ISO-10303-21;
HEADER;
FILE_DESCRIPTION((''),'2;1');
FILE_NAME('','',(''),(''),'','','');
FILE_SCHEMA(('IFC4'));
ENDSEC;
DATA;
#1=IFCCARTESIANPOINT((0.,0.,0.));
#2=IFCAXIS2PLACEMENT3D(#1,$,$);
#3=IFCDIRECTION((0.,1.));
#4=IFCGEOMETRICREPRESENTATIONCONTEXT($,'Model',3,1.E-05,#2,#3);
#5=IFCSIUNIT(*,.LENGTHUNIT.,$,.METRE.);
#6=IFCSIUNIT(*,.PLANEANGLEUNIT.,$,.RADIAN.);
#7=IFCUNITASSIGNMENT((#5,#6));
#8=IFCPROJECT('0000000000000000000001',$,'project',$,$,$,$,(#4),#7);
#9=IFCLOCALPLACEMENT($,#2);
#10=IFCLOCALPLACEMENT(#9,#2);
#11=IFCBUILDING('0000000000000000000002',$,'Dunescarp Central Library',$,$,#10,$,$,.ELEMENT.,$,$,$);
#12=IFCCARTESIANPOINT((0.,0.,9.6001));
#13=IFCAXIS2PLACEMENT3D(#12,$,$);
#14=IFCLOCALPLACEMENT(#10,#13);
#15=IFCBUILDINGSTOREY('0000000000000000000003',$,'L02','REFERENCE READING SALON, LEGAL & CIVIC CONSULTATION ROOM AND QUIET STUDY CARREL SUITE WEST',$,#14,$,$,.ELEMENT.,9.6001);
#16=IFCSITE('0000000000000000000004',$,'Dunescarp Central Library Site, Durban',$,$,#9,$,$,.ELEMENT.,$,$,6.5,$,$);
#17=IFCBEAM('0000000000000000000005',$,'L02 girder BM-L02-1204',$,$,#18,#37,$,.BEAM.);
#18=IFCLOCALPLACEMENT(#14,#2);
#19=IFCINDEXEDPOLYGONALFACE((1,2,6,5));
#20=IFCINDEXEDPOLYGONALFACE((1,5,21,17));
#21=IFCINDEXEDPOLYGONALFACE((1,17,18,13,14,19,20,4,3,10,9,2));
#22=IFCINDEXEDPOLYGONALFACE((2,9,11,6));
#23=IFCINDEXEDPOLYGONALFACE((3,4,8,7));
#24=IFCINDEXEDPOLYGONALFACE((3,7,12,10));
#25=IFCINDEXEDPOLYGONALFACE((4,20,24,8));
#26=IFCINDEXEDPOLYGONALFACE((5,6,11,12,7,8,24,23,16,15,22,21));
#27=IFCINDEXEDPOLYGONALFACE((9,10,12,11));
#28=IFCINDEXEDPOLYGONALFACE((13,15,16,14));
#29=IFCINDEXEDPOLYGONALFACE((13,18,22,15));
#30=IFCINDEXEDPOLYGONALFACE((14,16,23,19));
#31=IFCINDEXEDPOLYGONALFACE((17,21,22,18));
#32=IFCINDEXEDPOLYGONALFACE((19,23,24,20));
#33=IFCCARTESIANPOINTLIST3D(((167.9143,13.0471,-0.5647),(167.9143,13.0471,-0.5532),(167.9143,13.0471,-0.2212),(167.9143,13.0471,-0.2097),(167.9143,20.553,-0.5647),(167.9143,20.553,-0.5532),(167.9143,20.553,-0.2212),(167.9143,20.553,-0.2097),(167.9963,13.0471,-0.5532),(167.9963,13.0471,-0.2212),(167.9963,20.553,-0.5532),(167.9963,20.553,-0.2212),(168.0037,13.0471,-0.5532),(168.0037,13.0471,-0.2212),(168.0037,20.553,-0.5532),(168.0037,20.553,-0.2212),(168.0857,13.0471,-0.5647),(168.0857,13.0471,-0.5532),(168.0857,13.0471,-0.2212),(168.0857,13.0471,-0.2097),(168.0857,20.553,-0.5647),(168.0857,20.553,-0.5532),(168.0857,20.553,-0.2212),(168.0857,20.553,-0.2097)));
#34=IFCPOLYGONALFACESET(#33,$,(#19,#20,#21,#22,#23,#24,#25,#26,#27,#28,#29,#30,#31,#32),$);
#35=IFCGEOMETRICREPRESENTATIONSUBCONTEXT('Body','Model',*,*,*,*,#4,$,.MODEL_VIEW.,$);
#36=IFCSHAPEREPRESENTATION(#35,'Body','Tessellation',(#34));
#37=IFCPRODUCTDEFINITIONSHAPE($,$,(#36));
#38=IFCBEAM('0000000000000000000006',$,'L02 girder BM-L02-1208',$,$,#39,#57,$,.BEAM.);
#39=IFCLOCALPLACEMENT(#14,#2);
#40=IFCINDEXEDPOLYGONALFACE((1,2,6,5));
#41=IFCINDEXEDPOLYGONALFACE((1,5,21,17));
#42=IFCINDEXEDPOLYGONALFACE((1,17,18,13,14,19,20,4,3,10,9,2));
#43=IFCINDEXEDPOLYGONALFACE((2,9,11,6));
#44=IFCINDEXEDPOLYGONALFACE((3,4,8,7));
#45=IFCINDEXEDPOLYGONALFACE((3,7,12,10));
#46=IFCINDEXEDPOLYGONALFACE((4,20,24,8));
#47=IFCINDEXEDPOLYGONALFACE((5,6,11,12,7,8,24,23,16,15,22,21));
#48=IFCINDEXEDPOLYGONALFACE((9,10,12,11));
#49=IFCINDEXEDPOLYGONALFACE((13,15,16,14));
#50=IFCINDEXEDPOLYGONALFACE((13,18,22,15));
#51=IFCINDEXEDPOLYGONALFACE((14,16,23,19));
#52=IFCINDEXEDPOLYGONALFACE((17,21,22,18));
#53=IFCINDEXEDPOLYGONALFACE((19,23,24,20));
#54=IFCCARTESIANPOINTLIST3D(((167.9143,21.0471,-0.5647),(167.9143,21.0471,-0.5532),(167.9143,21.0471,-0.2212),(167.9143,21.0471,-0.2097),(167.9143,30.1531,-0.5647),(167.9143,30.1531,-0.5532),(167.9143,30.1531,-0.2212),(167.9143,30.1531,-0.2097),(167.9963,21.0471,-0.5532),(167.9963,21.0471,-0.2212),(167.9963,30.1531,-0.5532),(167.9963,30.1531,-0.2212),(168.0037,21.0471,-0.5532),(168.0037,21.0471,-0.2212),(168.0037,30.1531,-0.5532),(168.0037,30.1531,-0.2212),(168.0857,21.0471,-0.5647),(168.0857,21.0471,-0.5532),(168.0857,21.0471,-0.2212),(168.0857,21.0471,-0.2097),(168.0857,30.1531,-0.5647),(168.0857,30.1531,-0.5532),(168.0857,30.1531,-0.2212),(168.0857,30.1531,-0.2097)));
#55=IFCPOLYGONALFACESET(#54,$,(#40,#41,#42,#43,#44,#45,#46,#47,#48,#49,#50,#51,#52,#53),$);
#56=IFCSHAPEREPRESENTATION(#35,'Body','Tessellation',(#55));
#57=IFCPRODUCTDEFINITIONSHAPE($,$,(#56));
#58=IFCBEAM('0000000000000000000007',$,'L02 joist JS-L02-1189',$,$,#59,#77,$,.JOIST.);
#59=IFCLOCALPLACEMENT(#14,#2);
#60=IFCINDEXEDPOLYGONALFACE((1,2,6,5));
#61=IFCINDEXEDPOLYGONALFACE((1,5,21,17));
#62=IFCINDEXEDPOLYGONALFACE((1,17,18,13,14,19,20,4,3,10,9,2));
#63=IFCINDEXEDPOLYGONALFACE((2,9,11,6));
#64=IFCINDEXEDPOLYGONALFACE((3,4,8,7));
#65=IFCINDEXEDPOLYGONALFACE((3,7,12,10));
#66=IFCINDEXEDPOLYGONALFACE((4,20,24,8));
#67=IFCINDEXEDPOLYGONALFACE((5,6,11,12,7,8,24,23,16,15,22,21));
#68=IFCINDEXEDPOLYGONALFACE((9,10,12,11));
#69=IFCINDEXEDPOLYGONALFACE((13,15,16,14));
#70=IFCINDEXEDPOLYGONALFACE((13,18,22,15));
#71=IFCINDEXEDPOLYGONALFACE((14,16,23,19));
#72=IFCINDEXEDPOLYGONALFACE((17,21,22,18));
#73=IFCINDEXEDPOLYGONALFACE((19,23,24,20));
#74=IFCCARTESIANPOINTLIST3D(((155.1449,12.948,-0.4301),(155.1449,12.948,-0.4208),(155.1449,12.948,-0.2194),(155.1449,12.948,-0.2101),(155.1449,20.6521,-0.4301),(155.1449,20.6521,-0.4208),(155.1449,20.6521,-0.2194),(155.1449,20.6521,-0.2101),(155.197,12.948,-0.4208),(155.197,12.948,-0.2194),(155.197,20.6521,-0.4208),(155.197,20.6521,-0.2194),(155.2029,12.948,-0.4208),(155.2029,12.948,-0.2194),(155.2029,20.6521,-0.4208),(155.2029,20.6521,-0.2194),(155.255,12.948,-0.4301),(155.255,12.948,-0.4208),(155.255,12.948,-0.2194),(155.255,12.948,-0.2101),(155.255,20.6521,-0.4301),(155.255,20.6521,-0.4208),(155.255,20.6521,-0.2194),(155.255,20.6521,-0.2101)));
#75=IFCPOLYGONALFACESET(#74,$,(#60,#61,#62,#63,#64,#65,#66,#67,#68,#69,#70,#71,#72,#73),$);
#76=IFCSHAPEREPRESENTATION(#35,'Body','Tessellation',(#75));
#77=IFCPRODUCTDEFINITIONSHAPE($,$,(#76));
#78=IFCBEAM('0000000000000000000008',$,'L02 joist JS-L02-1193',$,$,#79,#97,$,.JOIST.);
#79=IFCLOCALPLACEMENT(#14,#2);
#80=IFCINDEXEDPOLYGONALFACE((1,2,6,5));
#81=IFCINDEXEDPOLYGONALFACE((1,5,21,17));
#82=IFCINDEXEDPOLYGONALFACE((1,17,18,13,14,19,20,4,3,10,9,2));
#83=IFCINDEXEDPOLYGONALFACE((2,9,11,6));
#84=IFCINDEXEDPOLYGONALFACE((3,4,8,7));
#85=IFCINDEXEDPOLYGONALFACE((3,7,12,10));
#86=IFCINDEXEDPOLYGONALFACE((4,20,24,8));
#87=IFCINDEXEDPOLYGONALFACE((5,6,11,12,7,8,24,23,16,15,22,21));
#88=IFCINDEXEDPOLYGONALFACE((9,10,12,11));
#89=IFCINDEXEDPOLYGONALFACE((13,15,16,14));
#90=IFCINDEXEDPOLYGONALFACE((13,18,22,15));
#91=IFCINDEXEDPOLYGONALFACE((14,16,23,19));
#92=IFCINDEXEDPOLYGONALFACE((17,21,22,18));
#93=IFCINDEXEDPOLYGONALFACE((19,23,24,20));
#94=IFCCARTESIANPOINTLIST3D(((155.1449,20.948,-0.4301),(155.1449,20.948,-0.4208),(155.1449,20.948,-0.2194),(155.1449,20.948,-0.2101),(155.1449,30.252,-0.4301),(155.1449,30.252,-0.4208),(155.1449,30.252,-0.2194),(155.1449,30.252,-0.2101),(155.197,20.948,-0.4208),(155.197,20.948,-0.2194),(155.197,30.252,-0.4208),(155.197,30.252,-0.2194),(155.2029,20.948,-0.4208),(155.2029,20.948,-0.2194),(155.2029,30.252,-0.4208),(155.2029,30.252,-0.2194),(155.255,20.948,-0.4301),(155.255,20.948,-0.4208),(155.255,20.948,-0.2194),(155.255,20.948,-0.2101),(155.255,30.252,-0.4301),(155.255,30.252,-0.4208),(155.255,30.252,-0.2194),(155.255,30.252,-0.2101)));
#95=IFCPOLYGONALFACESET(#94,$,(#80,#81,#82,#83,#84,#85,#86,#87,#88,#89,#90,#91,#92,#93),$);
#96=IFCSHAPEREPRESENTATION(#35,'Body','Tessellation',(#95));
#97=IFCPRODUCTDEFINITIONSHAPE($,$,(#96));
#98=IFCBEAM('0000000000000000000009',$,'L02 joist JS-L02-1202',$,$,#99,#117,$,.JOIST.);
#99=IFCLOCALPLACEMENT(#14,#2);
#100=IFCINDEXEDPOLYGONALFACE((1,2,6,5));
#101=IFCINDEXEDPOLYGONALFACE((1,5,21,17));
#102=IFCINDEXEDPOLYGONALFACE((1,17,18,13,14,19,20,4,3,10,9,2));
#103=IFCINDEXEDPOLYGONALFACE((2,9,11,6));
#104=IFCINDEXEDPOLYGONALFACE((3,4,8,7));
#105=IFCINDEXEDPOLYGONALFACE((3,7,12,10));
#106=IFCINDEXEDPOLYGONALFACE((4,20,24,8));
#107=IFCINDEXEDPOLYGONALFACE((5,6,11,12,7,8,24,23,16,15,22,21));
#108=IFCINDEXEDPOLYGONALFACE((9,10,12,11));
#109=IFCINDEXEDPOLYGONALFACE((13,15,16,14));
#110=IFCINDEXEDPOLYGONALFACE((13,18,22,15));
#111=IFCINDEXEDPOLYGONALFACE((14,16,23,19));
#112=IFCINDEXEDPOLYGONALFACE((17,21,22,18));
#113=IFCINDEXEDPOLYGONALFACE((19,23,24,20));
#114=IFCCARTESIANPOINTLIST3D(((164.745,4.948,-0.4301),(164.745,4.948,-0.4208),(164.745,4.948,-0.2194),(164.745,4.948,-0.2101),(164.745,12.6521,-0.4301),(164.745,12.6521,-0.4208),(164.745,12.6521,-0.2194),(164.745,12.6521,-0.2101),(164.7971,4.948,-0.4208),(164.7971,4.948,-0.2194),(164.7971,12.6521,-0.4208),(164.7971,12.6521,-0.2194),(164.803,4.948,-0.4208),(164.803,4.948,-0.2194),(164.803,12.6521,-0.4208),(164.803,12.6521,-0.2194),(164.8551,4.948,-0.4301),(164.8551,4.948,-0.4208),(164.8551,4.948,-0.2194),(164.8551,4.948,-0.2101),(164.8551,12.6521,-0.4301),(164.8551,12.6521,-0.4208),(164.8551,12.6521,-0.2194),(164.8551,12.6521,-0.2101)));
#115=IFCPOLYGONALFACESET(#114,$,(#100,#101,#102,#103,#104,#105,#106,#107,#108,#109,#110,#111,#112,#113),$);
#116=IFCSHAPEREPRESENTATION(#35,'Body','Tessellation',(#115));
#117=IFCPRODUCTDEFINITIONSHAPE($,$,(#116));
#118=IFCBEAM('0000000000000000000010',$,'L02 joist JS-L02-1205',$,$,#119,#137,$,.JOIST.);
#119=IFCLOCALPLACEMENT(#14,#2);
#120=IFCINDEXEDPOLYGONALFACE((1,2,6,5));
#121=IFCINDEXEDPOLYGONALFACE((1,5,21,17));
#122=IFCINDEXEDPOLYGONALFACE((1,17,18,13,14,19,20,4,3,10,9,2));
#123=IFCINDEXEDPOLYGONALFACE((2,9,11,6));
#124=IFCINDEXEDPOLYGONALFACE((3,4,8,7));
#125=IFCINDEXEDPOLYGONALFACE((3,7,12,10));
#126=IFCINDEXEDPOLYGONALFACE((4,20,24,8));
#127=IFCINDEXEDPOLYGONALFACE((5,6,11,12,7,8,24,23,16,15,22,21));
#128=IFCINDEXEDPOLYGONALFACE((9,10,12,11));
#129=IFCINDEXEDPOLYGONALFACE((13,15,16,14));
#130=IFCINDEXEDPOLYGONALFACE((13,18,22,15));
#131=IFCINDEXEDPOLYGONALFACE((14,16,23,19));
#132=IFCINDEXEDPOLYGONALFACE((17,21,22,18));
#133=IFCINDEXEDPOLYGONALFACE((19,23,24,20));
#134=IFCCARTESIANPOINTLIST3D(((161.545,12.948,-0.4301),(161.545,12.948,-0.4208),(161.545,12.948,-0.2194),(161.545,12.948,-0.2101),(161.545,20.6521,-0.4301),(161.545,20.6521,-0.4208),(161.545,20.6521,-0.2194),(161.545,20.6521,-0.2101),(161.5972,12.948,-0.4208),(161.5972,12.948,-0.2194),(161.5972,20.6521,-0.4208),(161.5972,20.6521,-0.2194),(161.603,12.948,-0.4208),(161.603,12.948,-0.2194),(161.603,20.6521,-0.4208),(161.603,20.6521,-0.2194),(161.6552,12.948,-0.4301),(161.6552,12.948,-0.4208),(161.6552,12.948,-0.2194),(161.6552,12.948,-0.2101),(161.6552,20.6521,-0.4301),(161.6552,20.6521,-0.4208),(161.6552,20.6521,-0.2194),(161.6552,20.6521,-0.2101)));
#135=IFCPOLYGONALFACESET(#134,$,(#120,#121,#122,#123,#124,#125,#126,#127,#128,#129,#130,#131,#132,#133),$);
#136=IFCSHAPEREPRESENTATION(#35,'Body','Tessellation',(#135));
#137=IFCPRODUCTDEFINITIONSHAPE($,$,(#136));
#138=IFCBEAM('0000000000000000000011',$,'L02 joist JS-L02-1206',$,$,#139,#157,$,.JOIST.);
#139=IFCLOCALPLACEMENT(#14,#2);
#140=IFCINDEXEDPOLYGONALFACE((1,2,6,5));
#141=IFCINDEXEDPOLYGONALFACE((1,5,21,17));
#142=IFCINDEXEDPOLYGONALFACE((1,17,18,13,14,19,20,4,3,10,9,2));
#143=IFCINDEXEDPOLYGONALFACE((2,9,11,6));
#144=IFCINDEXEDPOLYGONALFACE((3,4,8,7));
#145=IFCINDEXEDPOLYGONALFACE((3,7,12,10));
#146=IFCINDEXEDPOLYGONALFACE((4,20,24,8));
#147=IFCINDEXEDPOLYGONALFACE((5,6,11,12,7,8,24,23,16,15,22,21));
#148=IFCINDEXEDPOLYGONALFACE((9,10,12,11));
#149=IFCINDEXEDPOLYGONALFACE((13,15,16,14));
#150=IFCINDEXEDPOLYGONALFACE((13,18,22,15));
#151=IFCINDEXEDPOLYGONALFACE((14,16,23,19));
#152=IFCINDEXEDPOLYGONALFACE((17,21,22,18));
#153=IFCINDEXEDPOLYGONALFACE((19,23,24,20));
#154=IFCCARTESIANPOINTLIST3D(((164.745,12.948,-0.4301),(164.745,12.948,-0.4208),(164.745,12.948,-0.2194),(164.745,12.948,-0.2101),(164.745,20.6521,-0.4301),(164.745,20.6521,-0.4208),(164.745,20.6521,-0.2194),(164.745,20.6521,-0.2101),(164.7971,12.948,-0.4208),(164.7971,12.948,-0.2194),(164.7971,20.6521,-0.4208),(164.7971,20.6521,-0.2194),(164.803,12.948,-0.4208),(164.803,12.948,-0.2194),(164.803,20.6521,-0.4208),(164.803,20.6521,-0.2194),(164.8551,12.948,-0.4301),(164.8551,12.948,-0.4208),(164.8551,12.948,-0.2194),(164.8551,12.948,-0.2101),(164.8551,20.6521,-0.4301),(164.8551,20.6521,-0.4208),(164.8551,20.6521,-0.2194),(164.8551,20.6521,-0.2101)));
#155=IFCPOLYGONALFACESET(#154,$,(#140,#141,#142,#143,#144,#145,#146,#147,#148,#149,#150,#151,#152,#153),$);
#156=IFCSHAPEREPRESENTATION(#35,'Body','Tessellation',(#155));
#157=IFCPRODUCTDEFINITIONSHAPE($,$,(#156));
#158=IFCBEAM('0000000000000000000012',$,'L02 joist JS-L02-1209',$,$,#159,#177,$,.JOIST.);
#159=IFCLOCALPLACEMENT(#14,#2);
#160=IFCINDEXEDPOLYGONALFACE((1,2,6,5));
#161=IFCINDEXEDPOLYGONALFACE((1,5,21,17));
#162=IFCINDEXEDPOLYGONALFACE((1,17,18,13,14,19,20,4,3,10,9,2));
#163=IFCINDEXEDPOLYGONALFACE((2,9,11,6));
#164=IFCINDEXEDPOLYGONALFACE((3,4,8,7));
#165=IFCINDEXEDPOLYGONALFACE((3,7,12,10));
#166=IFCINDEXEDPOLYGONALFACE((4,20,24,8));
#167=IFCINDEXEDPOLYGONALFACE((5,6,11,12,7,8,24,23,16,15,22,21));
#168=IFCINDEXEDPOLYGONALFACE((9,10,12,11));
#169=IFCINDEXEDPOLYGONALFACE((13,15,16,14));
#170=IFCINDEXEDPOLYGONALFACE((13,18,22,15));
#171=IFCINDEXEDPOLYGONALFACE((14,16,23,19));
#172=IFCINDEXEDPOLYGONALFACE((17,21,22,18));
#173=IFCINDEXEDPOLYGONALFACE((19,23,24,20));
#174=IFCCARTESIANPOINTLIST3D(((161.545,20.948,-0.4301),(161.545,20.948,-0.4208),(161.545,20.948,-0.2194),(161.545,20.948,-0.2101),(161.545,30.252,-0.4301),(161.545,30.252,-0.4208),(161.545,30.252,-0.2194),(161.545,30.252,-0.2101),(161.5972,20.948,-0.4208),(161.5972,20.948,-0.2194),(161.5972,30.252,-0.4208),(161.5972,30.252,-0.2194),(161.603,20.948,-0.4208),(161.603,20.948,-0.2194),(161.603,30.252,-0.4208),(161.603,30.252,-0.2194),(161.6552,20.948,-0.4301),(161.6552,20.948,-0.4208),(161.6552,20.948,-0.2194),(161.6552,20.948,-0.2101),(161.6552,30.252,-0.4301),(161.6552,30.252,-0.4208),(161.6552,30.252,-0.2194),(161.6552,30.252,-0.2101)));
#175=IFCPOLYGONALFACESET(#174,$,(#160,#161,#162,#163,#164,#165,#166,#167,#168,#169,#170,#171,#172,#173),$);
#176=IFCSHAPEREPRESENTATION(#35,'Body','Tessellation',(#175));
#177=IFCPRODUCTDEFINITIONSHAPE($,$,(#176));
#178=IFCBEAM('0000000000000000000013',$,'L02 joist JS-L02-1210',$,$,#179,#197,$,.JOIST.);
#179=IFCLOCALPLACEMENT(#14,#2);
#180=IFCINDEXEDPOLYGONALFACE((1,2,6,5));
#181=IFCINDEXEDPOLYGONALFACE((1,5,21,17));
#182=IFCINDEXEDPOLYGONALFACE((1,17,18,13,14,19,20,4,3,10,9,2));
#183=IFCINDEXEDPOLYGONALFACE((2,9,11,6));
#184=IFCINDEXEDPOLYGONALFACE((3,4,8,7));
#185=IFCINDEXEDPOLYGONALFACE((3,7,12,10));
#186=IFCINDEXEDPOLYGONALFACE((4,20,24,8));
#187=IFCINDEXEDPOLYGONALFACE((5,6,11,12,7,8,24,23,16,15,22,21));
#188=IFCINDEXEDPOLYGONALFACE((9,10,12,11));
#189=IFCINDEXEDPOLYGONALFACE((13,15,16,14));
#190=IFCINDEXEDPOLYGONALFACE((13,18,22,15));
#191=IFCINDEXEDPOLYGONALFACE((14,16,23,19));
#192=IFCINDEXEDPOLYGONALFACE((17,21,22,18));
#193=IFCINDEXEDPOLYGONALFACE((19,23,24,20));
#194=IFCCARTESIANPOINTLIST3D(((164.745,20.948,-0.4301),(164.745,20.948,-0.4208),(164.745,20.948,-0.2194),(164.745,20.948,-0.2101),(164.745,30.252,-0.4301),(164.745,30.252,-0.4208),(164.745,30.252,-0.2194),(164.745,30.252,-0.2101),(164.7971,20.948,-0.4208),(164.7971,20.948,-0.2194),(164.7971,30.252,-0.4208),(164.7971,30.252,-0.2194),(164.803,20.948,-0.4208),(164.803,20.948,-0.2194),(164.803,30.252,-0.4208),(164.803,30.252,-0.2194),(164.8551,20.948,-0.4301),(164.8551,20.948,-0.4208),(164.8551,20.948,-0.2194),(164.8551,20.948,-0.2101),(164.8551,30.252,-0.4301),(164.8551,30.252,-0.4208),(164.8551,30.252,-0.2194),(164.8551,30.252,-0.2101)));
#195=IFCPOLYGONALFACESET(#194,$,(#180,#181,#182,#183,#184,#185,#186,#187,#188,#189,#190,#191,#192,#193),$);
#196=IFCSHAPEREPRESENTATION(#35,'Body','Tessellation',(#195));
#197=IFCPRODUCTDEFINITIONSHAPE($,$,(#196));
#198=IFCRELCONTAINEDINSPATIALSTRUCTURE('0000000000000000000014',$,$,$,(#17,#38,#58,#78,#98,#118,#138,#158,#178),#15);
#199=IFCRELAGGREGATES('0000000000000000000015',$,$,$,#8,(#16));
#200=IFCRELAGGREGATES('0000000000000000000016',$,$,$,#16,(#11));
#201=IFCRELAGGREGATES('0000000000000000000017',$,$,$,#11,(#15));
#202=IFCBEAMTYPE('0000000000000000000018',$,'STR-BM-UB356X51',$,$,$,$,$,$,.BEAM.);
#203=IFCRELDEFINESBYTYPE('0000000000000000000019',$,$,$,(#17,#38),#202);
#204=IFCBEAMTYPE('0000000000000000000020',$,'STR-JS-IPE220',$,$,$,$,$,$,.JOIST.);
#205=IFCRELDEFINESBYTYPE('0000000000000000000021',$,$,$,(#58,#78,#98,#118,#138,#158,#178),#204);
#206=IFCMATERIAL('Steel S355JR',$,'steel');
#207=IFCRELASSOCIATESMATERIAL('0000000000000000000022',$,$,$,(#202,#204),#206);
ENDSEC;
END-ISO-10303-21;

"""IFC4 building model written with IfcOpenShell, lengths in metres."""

from ifc_helpers import new_model, si_unit, direction, frame, origin, origin_2d, place, context, subcontext, project, spatial, i_section, extrude, material, material_profile, profile_set, type_object, element, save


model = new_model("IFC4")

# Units and contexts
model_context = context("Model", 3, precision=1e-05, world=origin(), true_north=direction((0.0, 1.0)))
body_context = subcontext(model_context, "Body", "Model", "MODEL_VIEW")
ifc_project = project(units=[si_unit("LENGTHUNIT", "METRE"), si_unit("PLANEANGLEUNIT", "RADIAN")], contexts=[model_context])

# Site, building, storey
site_placement = place(None, origin())
site = spatial("IfcSite", under=ifc_project, at=site_placement, Name="Dunescarp Central Library Site, Durban", CompositionType="ELEMENT", RefElevation=6.5)
building_placement = place(site_placement, origin())
building = spatial("IfcBuilding", under=site, at=building_placement, Name="Dunescarp Central Library", CompositionType="ELEMENT")
storey_placement = place(building_placement, frame((0.0, 0.0, 9.6001)))
storey = spatial("IfcBuildingStorey", under=building, at=storey_placement, Name="L02", Description="REFERENCE READING SALON, LEGAL & CIVIC CONSULTATION ROOM AND QUIET STUDY CARREL SUITE WEST", CompositionType="ELEMENT", Elevation=9.6001)

# Shared definitions
ifc_material_1 = material(Name="Steel S355JR", Category="steel")

# Beams
ifc_material_profile_1 = material_profile(ifc_material_1, i_section(OverallWidth=0.1714, OverallDepth=0.355, WebThickness=0.0073, FlangeThickness=0.0115, at=origin_2d()), Name="UB 356x171x51")
ifc_profile_set_1 = profile_set([ifc_material_profile_1], Name="Steel S355JR")
beam_type_1 = type_object("IfcBeamType", Name="STR-BM-UB356X51", PredefinedType="BEAM", material=ifc_profile_set_1)
for number, where, z_axis, x_axis, name in (
    (1, (168.0, 13.0471, -0.3872), (0.0, 1.0, 0.0), (-1.0, 0.0, 0.0), "L02 girder BM-L02-1204"),
):
    element("IfcBeam", number, at=place(storey_placement, frame(where, z_axis=z_axis, x_axis=x_axis)), inside=storey, type_object=beam_type_1, Name=name, PredefinedType="BEAM", context=body_context, shape_type="SweptSolid", body=[
        extrude(i_section(OverallWidth=0.1714, OverallDepth=0.355, WebThickness=0.0073, FlangeThickness=0.0115, at=origin_2d()), origin(), (0.0, 0.0, 1.0), 7.5059),
    ])
beam_1_placement = place(storey_placement, frame((168.0, 21.0471, -0.3872), z_axis=(0.0, 1.0, 0.0), x_axis=(-1.0, 0.0, 0.0)))
element("IfcBeam", 2, at=beam_1_placement, inside=storey, type_object=beam_type_1, Name="L02 girder BM-L02-1208", PredefinedType="BEAM", context=body_context, shape_type="SweptSolid", body=[
    extrude(i_section(OverallWidth=0.1714, OverallDepth=0.355, WebThickness=0.0073, FlangeThickness=0.0115, at=origin_2d()), origin(), (0.0, 0.0, 1.0), 9.106),
])
ifc_material_profile_2 = material_profile(ifc_material_1, i_section(OverallWidth=0.1101, OverallDepth=0.22, WebThickness=0.0059, FlangeThickness=0.0093, at=origin_2d()), Name="IPE 220")
ifc_profile_set_2 = profile_set([ifc_material_profile_2], Name="Steel S355JR")
beam_type_2 = type_object("IfcBeamType", Name="STR-JS-IPE220", PredefinedType="JOIST", material=ifc_profile_set_2)
beam_2_placement = place(storey_placement, frame((155.2, 12.948, -0.3201), z_axis=(0.0, 1.0, 0.0), x_axis=(-1.0, 0.0, 0.0)))
element("IfcBeam", 3, at=beam_2_placement, inside=storey, type_object=beam_type_2, Name="L02 joist JS-L02-1189", PredefinedType="JOIST", context=body_context, shape_type="SweptSolid", body=[
    extrude(i_section(OverallWidth=0.1101, OverallDepth=0.22, WebThickness=0.0059, FlangeThickness=0.0093, at=origin_2d()), origin(), (0.0, 0.0, 1.0), 7.7041),
])
beam_3_placement = place(storey_placement, frame((155.2, 20.948, -0.3201), z_axis=(0.0, 1.0, 0.0), x_axis=(-1.0, 0.0, 0.0)))
element("IfcBeam", 4, at=beam_3_placement, inside=storey, type_object=beam_type_2, Name="L02 joist JS-L02-1193", PredefinedType="JOIST", context=body_context, shape_type="SweptSolid", body=[
    extrude(i_section(OverallWidth=0.1101, OverallDepth=0.22, WebThickness=0.0059, FlangeThickness=0.0093, at=origin_2d()), origin(), (0.0, 0.0, 1.0), 9.304),
])
for number, where, z_axis, x_axis, name in (
    (5, (164.8, 4.948, -0.3201), (0.0, 1.0, 0.0), (-1.0, 0.0, 0.0), "L02 joist JS-L02-1202"),
    (6, (161.6001, 12.948, -0.3201), (0.0, 1.0, 0.0), (-1.0, 0.0, 0.0), "L02 joist JS-L02-1205"),
    (7, (164.8, 12.948, -0.3201), (0.0, 1.0, 0.0), (-1.0, 0.0, 0.0), "L02 joist JS-L02-1206"),
):
    element("IfcBeam", number, at=place(storey_placement, frame(where, z_axis=z_axis, x_axis=x_axis)), inside=storey, type_object=beam_type_2, Name=name, PredefinedType="JOIST", context=body_context, shape_type="SweptSolid", body=[
        extrude(i_section(OverallWidth=0.1101, OverallDepth=0.22, WebThickness=0.0059, FlangeThickness=0.0093, at=origin_2d()), origin(), (0.0, 0.0, 1.0), 7.7041),
    ])
for number, where, z_axis, x_axis, name in (
    (8, (161.6001, 20.948, -0.3201), (0.0, 1.0, 0.0), (-1.0, 0.0, 0.0), "L02 joist JS-L02-1209"),
    (9, (164.8, 20.948, -0.3201), (0.0, 1.0, 0.0), (-1.0, 0.0, 0.0), "L02 joist JS-L02-1210"),
):
    element("IfcBeam", number, at=place(storey_placement, frame(where, z_axis=z_axis, x_axis=x_axis)), inside=storey, type_object=beam_type_2, Name=name, PredefinedType="JOIST", context=body_context, shape_type="SweptSolid", body=[
        extrude(i_section(OverallWidth=0.1101, OverallDepth=0.22, WebThickness=0.0059, FlangeThickness=0.0093, at=origin_2d()), origin(), (0.0, 0.0, 1.0), 9.304),
    ])

save(model, "model.ifc")
